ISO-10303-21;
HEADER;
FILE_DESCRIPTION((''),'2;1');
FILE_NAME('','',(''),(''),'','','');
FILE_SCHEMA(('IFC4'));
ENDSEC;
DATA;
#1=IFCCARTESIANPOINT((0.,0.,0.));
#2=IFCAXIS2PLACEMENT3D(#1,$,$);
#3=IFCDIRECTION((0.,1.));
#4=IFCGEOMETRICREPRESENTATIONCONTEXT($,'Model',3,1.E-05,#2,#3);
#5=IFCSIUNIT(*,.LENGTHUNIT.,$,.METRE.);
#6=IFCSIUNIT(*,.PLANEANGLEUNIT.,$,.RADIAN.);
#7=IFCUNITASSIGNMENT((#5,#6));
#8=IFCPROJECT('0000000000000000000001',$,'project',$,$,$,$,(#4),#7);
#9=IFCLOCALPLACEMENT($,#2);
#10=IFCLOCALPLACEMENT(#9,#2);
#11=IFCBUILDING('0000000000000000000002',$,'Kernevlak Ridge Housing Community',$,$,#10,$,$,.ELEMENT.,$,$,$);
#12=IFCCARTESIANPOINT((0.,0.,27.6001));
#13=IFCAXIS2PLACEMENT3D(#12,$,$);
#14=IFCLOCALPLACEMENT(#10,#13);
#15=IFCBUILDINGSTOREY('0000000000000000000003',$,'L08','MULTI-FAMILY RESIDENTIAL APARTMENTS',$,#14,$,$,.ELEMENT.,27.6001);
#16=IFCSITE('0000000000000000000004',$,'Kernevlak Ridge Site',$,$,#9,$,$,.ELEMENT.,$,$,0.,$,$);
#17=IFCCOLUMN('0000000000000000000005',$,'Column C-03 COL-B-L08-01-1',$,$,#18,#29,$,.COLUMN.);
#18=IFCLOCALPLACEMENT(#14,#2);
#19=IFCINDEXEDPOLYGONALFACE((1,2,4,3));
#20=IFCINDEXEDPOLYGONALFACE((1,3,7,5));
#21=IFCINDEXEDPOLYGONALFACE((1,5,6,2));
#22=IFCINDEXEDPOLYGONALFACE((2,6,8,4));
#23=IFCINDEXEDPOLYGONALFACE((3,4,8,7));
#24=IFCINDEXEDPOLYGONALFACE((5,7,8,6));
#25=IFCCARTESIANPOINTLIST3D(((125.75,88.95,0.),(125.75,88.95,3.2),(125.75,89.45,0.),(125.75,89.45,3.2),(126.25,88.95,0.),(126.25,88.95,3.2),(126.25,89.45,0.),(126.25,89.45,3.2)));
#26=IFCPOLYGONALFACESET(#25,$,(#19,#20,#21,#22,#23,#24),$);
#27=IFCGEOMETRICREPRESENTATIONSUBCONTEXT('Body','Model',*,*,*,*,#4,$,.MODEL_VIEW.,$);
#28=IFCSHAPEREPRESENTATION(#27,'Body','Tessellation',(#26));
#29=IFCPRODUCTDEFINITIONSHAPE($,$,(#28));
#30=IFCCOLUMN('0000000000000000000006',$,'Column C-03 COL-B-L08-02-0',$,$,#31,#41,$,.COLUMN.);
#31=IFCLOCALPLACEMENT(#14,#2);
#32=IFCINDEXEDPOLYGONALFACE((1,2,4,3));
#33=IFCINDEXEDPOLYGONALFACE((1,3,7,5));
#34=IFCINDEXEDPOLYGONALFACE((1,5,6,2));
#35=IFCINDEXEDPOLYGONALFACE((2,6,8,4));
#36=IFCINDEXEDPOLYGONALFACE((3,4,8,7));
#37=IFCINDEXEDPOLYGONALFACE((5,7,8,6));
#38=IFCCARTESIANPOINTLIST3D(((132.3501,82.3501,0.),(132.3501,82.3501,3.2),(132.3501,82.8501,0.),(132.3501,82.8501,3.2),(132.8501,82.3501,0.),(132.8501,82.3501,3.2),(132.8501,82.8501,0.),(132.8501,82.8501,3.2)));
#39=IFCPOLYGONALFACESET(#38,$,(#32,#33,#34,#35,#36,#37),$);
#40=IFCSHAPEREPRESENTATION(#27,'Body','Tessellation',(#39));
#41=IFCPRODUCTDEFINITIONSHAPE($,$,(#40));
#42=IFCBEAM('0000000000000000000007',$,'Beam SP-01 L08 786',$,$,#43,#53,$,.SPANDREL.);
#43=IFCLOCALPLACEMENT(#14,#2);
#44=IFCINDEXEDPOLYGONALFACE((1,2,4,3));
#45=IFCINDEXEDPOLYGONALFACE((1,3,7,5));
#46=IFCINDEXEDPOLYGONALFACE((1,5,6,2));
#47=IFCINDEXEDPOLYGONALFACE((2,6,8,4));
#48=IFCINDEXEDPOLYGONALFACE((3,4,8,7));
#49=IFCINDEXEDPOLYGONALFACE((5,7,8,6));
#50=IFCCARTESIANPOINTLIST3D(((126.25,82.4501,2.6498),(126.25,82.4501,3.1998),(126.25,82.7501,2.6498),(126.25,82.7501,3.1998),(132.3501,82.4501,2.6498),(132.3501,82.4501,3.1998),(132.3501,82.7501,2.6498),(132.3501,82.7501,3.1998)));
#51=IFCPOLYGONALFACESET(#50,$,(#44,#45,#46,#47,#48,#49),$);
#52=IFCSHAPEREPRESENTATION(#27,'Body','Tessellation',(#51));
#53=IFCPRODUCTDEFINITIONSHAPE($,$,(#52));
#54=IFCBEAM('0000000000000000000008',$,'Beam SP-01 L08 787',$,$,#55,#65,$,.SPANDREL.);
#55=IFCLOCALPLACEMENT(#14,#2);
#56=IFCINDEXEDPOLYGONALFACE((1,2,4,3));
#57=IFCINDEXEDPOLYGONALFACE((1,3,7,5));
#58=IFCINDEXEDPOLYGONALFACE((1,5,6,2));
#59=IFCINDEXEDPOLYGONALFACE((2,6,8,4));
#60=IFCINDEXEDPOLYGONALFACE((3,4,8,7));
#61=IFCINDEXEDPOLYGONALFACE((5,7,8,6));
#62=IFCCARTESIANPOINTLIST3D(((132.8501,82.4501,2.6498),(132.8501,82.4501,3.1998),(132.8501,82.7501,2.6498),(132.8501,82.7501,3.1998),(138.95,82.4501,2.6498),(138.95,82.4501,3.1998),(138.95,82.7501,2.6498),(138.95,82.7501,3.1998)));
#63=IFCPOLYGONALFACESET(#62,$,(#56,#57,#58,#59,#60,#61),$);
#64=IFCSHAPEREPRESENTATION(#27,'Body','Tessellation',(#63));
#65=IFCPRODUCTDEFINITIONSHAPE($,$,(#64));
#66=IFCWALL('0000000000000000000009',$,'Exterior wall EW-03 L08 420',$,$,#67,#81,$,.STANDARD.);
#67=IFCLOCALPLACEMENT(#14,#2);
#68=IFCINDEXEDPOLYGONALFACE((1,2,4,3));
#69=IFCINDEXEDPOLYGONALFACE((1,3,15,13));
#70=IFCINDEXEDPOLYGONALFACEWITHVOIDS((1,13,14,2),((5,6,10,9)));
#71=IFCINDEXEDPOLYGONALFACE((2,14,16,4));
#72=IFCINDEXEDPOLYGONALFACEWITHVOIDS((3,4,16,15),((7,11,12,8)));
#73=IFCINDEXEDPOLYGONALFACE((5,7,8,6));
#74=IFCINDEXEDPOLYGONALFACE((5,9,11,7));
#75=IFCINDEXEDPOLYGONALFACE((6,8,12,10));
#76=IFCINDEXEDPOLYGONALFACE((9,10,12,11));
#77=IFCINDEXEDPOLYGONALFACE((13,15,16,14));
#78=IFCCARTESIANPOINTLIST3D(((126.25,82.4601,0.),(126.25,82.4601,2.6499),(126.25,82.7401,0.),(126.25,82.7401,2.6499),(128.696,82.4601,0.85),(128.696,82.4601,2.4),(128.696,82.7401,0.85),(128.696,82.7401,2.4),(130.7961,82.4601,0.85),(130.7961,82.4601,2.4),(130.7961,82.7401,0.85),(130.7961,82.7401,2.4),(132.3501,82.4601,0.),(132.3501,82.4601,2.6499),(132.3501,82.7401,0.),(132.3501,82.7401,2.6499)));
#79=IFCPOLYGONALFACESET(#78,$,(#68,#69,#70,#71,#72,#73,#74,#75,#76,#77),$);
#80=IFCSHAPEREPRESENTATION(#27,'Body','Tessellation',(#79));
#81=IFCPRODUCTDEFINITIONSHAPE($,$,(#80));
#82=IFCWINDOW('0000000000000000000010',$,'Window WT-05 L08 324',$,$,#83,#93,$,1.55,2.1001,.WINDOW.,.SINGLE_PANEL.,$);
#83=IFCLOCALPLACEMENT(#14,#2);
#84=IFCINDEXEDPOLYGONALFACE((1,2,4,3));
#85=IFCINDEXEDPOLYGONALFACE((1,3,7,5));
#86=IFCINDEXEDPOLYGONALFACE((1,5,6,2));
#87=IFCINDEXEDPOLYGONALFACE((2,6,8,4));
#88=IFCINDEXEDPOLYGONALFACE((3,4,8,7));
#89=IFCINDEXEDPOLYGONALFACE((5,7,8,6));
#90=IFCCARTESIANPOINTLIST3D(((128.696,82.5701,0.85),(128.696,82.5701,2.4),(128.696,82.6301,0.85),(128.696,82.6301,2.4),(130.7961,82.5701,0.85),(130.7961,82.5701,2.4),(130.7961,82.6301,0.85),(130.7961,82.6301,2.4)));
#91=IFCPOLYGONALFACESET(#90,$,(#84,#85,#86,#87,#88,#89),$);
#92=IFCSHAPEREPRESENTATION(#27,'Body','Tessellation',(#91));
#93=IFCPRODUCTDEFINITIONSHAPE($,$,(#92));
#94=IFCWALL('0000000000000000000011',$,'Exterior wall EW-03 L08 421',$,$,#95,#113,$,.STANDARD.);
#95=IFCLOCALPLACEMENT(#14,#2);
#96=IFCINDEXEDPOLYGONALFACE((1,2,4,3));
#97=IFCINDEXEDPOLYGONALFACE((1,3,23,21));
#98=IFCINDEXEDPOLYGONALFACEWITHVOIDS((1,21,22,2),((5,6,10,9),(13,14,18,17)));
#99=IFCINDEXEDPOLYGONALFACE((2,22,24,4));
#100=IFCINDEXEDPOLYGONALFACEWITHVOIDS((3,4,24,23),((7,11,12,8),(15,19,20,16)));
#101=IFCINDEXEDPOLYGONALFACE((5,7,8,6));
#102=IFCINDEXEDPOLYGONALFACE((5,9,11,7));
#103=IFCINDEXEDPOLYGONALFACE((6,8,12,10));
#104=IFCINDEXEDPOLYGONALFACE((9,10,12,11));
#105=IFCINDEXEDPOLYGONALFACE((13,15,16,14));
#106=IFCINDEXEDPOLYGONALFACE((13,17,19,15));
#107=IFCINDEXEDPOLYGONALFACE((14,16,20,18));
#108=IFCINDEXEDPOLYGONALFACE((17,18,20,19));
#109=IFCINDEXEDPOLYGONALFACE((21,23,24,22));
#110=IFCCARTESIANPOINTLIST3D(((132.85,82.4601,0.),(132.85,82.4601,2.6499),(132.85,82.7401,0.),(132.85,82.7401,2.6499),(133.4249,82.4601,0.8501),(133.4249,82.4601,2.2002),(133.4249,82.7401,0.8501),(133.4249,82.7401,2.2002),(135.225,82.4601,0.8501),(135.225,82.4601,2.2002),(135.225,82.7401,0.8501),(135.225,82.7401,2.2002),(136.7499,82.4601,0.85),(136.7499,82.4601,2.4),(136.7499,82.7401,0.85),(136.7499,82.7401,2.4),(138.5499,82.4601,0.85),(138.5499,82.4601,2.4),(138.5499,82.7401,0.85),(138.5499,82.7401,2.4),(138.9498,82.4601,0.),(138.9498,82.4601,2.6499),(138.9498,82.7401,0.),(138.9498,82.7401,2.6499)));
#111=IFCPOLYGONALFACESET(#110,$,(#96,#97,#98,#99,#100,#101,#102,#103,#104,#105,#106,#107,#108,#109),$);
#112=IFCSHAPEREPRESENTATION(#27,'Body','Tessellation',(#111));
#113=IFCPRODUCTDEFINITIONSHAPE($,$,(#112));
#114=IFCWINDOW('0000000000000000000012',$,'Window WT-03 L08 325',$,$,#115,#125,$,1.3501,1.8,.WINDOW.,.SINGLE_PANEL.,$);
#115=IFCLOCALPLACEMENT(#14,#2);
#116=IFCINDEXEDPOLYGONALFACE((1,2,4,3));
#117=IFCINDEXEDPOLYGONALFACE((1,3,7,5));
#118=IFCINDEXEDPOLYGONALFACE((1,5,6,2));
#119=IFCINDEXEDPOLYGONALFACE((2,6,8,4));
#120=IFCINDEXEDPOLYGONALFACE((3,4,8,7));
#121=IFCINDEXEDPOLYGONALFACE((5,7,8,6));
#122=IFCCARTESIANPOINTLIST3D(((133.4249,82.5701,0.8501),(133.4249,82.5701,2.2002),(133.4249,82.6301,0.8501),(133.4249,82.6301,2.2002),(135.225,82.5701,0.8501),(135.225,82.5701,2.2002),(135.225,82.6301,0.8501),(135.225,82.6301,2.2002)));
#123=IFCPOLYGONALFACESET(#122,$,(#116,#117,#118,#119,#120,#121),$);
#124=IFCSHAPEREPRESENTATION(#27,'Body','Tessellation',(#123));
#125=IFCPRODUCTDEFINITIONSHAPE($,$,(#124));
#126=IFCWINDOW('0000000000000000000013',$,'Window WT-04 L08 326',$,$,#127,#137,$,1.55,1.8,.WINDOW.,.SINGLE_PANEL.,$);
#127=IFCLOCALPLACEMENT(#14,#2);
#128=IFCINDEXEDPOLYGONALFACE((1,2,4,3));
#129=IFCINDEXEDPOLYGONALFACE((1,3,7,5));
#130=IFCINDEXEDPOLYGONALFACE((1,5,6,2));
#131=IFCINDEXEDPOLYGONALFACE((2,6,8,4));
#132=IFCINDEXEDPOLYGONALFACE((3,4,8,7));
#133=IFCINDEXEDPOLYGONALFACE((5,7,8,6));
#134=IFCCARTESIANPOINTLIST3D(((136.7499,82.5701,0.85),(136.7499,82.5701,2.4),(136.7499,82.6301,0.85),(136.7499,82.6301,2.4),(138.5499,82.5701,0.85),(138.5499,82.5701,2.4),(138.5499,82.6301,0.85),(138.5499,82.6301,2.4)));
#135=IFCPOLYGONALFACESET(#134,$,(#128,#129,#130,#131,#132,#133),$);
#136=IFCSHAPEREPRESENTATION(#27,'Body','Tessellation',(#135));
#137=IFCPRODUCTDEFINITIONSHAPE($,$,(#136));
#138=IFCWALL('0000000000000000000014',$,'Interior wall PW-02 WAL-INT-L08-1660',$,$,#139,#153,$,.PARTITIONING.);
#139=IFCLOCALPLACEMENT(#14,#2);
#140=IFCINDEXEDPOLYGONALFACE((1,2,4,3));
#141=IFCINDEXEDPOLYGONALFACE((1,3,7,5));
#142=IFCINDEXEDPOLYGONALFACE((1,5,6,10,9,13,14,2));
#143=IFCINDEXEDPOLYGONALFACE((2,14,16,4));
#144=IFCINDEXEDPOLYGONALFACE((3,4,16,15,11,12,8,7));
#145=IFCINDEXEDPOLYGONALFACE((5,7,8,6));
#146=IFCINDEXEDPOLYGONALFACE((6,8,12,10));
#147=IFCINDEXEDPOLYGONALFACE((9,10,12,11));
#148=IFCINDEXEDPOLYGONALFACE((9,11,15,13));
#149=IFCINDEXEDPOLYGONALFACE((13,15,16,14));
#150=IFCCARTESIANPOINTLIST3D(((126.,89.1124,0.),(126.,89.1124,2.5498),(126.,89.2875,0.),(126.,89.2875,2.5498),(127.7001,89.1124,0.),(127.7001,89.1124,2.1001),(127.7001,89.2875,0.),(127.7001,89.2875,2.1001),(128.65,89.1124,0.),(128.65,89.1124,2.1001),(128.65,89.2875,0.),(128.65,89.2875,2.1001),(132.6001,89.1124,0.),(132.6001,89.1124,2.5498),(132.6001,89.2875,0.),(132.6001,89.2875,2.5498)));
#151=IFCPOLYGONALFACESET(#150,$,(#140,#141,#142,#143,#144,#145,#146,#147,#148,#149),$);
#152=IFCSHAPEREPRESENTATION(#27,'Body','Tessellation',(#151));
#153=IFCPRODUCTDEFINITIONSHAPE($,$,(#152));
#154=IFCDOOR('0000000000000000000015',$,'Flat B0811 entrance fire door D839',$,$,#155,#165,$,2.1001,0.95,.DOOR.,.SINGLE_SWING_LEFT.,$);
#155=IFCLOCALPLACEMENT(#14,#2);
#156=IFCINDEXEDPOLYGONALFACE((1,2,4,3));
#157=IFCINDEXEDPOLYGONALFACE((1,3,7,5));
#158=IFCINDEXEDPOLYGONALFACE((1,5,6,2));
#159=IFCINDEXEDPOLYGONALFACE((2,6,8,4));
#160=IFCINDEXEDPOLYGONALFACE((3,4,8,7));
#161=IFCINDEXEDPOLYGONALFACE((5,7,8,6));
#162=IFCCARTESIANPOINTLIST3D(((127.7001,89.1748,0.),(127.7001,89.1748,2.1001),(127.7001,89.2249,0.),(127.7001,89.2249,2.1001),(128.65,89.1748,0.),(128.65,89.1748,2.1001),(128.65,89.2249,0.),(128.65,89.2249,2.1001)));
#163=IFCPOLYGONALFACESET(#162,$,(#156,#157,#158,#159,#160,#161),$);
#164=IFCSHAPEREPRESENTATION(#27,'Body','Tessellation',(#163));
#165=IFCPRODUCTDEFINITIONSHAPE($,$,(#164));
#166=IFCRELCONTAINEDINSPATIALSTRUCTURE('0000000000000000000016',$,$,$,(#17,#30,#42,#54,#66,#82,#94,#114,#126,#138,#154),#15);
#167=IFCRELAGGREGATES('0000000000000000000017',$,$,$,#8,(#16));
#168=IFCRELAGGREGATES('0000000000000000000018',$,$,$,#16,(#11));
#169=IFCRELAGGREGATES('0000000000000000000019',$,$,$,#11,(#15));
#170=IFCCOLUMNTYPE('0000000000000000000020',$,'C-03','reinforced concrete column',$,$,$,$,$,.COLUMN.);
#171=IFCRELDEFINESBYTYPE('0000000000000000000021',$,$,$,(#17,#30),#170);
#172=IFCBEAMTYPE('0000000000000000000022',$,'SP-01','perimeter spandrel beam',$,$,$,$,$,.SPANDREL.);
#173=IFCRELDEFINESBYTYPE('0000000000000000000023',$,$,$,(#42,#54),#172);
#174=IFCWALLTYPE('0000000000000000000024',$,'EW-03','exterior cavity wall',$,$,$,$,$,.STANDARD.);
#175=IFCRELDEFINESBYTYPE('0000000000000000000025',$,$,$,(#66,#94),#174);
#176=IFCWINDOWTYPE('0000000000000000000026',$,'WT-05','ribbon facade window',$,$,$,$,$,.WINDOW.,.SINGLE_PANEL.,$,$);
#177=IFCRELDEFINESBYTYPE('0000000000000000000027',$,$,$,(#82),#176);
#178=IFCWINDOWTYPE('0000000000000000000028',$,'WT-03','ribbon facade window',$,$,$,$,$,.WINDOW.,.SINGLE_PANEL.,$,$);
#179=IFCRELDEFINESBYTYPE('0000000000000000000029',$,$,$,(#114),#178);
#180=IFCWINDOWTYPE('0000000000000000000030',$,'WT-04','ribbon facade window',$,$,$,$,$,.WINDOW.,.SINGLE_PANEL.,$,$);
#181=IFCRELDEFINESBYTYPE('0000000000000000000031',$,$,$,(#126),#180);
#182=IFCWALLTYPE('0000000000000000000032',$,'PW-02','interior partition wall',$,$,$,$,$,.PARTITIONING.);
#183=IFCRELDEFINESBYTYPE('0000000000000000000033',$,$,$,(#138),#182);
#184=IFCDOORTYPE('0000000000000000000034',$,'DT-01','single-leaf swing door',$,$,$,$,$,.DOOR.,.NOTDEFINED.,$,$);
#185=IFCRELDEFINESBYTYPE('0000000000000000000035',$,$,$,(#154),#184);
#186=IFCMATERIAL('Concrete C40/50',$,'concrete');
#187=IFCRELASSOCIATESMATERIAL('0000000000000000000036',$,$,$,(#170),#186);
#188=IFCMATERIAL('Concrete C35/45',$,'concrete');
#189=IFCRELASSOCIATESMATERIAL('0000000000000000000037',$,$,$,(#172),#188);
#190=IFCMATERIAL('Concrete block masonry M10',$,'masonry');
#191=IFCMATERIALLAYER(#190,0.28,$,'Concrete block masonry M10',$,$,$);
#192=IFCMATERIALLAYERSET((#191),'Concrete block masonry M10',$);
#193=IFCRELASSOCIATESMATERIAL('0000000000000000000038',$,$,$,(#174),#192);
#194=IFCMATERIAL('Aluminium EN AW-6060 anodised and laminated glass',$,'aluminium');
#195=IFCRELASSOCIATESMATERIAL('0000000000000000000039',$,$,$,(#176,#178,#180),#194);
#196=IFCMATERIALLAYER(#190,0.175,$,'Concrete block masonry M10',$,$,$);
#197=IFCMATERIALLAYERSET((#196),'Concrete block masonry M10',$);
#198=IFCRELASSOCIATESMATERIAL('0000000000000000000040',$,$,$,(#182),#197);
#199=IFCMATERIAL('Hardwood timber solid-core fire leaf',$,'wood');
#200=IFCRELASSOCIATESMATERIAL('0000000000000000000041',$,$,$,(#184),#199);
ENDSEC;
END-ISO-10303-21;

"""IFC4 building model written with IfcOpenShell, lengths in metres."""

from ifc_helpers import new_model, si_unit, direction, frame, frame_2d, origin, origin_2d, place, context, subcontext, project, spatial, rectangle, extrude, material, layer, layer_set, material_profile, profile_set, type_object, element, fill, save


model = new_model("IFC4")

# Units and contexts
model_context = context("Model", 3, precision=1e-05, world=origin(), true_north=direction((0.0, 1.0)))
body_context = subcontext(model_context, "Body", "Model", "MODEL_VIEW")
ifc_project = project(units=[si_unit("LENGTHUNIT", "METRE"), si_unit("PLANEANGLEUNIT", "RADIAN")], contexts=[model_context])

# Site, building, storey
site_placement = place(None, origin())
site = spatial("IfcSite", under=ifc_project, at=site_placement, Name="Kernevlak Ridge Site", CompositionType="ELEMENT", RefElevation=0.0)
building_placement = place(site_placement, origin())
building = spatial("IfcBuilding", under=site, at=building_placement, Name="Kernevlak Ridge Housing Community", CompositionType="ELEMENT")
storey_placement = place(building_placement, frame((0.0, 0.0, 27.6001)))
storey = spatial("IfcBuildingStorey", under=building, at=storey_placement, Name="L08", Description="MULTI-FAMILY RESIDENTIAL APARTMENTS", CompositionType="ELEMENT", Elevation=27.6001)

# Columns
ifc_material_1 = material(Name="Concrete C40/50", Category="concrete")
ifc_material_profile_1 = material_profile(ifc_material_1, rectangle(XDim=0.5, YDim=0.5, at=origin_2d()), Name="RC 500x500")
ifc_profile_set_1 = profile_set([ifc_material_profile_1], Name="Concrete C40/50")
column_type = type_object("IfcColumnType", Name="C-03", Description="reinforced concrete column", PredefinedType="COLUMN", material=ifc_profile_set_1)
for number, where, z_axis, x_axis, name in (
    (1, (126.0, 89.2, 0.0), (0.0, 0.0, 1.0), (1.0, 0.0, 0.0), "Column C-03 COL-B-L08-01-1"),
    (2, (132.6001, 82.6001, 0.0), (0.0, 0.0, 1.0), (1.0, 0.0, 0.0), "Column C-03 COL-B-L08-02-0"),
):
    element("IfcColumn", number, at=place(storey_placement, frame(where, z_axis=z_axis, x_axis=x_axis)), inside=storey, type_object=column_type, Name=name, PredefinedType="COLUMN", context=body_context, shape_type="SweptSolid", body=[
        extrude(rectangle(XDim=0.5, YDim=0.5, at=origin_2d()), origin(), (0.0, 0.0, 1.0), 3.2),
    ])

# Beams
ifc_material_2 = material(Name="Concrete C35/45", Category="concrete")
ifc_material_profile_2 = material_profile(ifc_material_2, rectangle(XDim=0.3, YDim=0.55, at=origin_2d()), Name="RC 300x550")
ifc_profile_set_2 = profile_set([ifc_material_profile_2], Name="Concrete C35/45")
beam_type = type_object("IfcBeamType", Name="SP-01", Description="perimeter spandrel beam", PredefinedType="SPANDREL", material=ifc_profile_set_2)
beam_1_placement = place(storey_placement, frame((126.25, 82.6001, 2.9248), z_axis=(1.0, 0.0, 0.0), x_axis=(0.0, 1.0, 0.0)))
element("IfcBeam", 3, at=beam_1_placement, inside=storey, type_object=beam_type, Name="Beam SP-01 L08 786", PredefinedType="SPANDREL", context=body_context, shape_type="SweptSolid", body=[
    extrude(rectangle(XDim=0.3, YDim=0.55, at=origin_2d()), origin(), (0.0, 0.0, 1.0), 6.1001),
])
beam_2_placement = place(storey_placement, frame((132.8501, 82.6001, 2.9248), z_axis=(1.0, 0.0, 0.0), x_axis=(0.0, 1.0, 0.0)))
element("IfcBeam", 4, at=beam_2_placement, inside=storey, type_object=beam_type, Name="Beam SP-01 L08 787", PredefinedType="SPANDREL", context=body_context, shape_type="SweptSolid", body=[
    extrude(rectangle(XDim=0.3, YDim=0.55, at=origin_2d()), origin(), (0.0, 0.0, 1.0), 6.0999),
])

# Wall, opening, window
ifc_material_3 = material(Name="Concrete block masonry M10", Category="masonry")
ifc_layer_1 = layer(ifc_material_3, 0.28, Name="Concrete block masonry M10")
ifc_layer_set_1 = layer_set([ifc_layer_1], Name="Concrete block masonry M10")
wall_type_1 = type_object("IfcWallType", Name="EW-03", Description="exterior cavity wall", PredefinedType="STANDARD", material=ifc_layer_set_1)
wall_1_placement = place(storey_placement, frame((126.25, 82.6001, 0.0), z_axis=(0.0, 0.0, 1.0), x_axis=(1.0, 0.0, 0.0)))
wall_1 = element("IfcWall", 5, at=wall_1_placement, inside=storey, type_object=wall_type_1, Name="Exterior wall EW-03 L08 420", PredefinedType="STANDARD", context=body_context, shape_type="SweptSolid", body=[
    extrude(rectangle(XDim=6.1001, YDim=0.28, at=frame_2d((3.05, 0.0))), origin(), (0.0, 0.0, 1.0), 2.6499),
])
opening_1_placement = place(wall_1_placement, frame((2.446, 0.0, 0.8501)))
opening_1 = element("IfcOpeningElement", 6, at=opening_1_placement, cuts=wall_1, PredefinedType="OPENING", context=body_context, shape_type="SweptSolid", body=[
    extrude(rectangle(XDim=2.1001, YDim=1.55, at=frame_2d((1.05, 0.7749))), frame((0.0, 0.1499, 0.0), z_axis=(0.0, -1.0, 0.0), x_axis=(1.0, 0.0, 0.0)), (0.0, 0.0, 1.0), 0.3),
])
ifc_material_4 = material(Name="Aluminium EN AW-6060 anodised and laminated glass", Category="aluminium")
window_type_1 = type_object("IfcWindowType", Name="WT-05", Description="ribbon facade window", PartitioningType="SINGLE_PANEL", PredefinedType="WINDOW", material=ifc_material_4)
window_1_placement = place(opening_1_placement, origin())
window_1 = element("IfcWindow", 7, at=window_1_placement, inside=storey, type_object=window_type_1, Name="Window WT-05 L08 324", OverallHeight=1.55, OverallWidth=2.1001, PartitioningType="SINGLE_PANEL", PredefinedType="WINDOW", context=body_context, shape_type="SweptSolid", body=[
    extrude(rectangle(XDim=2.1001, YDim=1.55, at=frame_2d((1.05, 0.7749))), frame((0.0, 0.03, 0.0), z_axis=(0.0, -1.0, 0.0), x_axis=(1.0, 0.0, 0.0)), (0.0, 0.0, 1.0), 0.0601),
])
fill(opening_1, window_1)

# Wall, openings, windows
wall_2_placement = place(storey_placement, frame((132.8501, 82.6001, 0.0), z_axis=(0.0, 0.0, 1.0), x_axis=(1.0, 0.0, 0.0)))
wall_2 = element("IfcWall", 8, at=wall_2_placement, inside=storey, type_object=wall_type_1, Name="Exterior wall EW-03 L08 421", PredefinedType="STANDARD", context=body_context, shape_type="SweptSolid", body=[
    extrude(rectangle(XDim=6.0999, YDim=0.28, at=frame_2d((3.0498, 0.0))), origin(), (0.0, 0.0, 1.0), 2.6499),
])
opening_2_placement = place(wall_2_placement, frame((0.575, 0.0, 0.8501)))
opening_2 = element("IfcOpeningElement", 9, at=opening_2_placement, cuts=wall_2, PredefinedType="OPENING", context=body_context, shape_type="SweptSolid", body=[
    extrude(rectangle(XDim=1.8, YDim=1.3501, at=frame_2d((0.8999, 0.675))), frame((0.0, 0.1499, 0.0), z_axis=(0.0, -1.0, 0.0), x_axis=(1.0, 0.0, 0.0)), (0.0, 0.0, 1.0), 0.3),
])
opening_3_placement = place(wall_2_placement, frame((3.8999, 0.0, 0.8501)))
opening_3 = element("IfcOpeningElement", 10, at=opening_3_placement, cuts=wall_2, PredefinedType="OPENING", context=body_context, shape_type="SweptSolid", body=[
    extrude(rectangle(XDim=1.8, YDim=1.55, at=frame_2d((0.8999, 0.7749))), frame((0.0, 0.1499, 0.0), z_axis=(0.0, -1.0, 0.0), x_axis=(1.0, 0.0, 0.0)), (0.0, 0.0, 1.0), 0.3),
])
window_type_2 = type_object("IfcWindowType", Name="WT-03", Description="ribbon facade window", PartitioningType="SINGLE_PANEL", PredefinedType="WINDOW", material=ifc_material_4)
window_2_placement = place(opening_2_placement, origin())
window_2 = element("IfcWindow", 11, at=window_2_placement, inside=storey, type_object=window_type_2, Name="Window WT-03 L08 325", OverallHeight=1.3501, OverallWidth=1.8, PartitioningType="SINGLE_PANEL", PredefinedType="WINDOW", context=body_context, shape_type="SweptSolid", body=[
    extrude(rectangle(XDim=1.8, YDim=1.3501, at=frame_2d((0.8999, 0.675))), frame((0.0, 0.03, 0.0), z_axis=(0.0, -1.0, 0.0), x_axis=(1.0, 0.0, 0.0)), (0.0, 0.0, 1.0), 0.0601),
])
fill(opening_2, window_2)
window_type_3 = type_object("IfcWindowType", Name="WT-04", Description="ribbon facade window", PartitioningType="SINGLE_PANEL", PredefinedType="WINDOW", material=ifc_material_4)
window_3_placement = place(opening_3_placement, origin())
window_3 = element("IfcWindow", 12, at=window_3_placement, inside=storey, type_object=window_type_3, Name="Window WT-04 L08 326", OverallHeight=1.55, OverallWidth=1.8, PartitioningType="SINGLE_PANEL", PredefinedType="WINDOW", context=body_context, shape_type="SweptSolid", body=[
    extrude(rectangle(XDim=1.8, YDim=1.55, at=frame_2d((0.8999, 0.7749))), frame((0.0, 0.03, 0.0), z_axis=(0.0, -1.0, 0.0), x_axis=(1.0, 0.0, 0.0)), (0.0, 0.0, 1.0), 0.0601),
])
fill(opening_3, window_3)

# Wall, opening, door
ifc_layer_2 = layer(ifc_material_3, 0.175, Name="Concrete block masonry M10")
ifc_layer_set_2 = layer_set([ifc_layer_2], Name="Concrete block masonry M10")
wall_type_2 = type_object("IfcWallType", Name="PW-02", Description="interior partition wall", PredefinedType="PARTITIONING", material=ifc_layer_set_2)
wall_3_placement = place(storey_placement, frame((126.0, 89.2, 0.0), z_axis=(0.0, 0.0, 1.0), x_axis=(1.0, 0.0, 0.0)))
wall_3 = element("IfcWall", 13, at=wall_3_placement, inside=storey, type_object=wall_type_2, Name="Interior wall PW-02 WAL-INT-L08-1660", PredefinedType="PARTITIONING", context=body_context, shape_type="SweptSolid", body=[
    extrude(rectangle(XDim=6.6001, YDim=0.175, at=frame_2d((3.3, 0.0))), origin(), (0.0, 0.0, 1.0), 2.5498),
])
opening_4_placement = place(wall_3_placement, frame((1.7, 0.0, 0.0)))
opening_4 = element("IfcOpeningElement", 14, at=opening_4_placement, cuts=wall_3, PredefinedType="OPENING", context=body_context, shape_type="SweptSolid", body=[
    extrude(rectangle(XDim=0.95, YDim=2.1001, at=frame_2d((0.4751, 1.05))), frame((0.0, 0.0974, 0.0), z_axis=(0.0, -1.0, 0.0), x_axis=(1.0, 0.0, 0.0)), (0.0, 0.0, 1.0), 0.1951),
])
ifc_material_5 = material(Name="Hardwood timber solid-core fire leaf", Category="wood")
door_type_1 = type_object("IfcDoorType", Name="DT-01", Description="single-leaf swing door", OperationType="NOTDEFINED", PredefinedType="DOOR", material=ifc_material_5)
door_1_placement = place(opening_4_placement, origin())
door_1 = element("IfcDoor", 15, at=door_1_placement, inside=storey, type_object=door_type_1, Name="Flat B0811 entrance fire door D839", OperationType="SINGLE_SWING_LEFT", OverallHeight=2.1001, OverallWidth=0.95, PredefinedType="DOOR", context=body_context, shape_type="SweptSolid", body=[
    extrude(rectangle(XDim=0.95, YDim=2.1001, at=frame_2d((0.4751, 1.05))), frame((0.0, 0.0249, 0.0), z_axis=(0.0, -1.0, 0.0), x_axis=(1.0, 0.0, 0.0)), (0.0, 0.0, 1.0), 0.05),
])
fill(opening_4, door_1)

save(model, "model.ifc")
